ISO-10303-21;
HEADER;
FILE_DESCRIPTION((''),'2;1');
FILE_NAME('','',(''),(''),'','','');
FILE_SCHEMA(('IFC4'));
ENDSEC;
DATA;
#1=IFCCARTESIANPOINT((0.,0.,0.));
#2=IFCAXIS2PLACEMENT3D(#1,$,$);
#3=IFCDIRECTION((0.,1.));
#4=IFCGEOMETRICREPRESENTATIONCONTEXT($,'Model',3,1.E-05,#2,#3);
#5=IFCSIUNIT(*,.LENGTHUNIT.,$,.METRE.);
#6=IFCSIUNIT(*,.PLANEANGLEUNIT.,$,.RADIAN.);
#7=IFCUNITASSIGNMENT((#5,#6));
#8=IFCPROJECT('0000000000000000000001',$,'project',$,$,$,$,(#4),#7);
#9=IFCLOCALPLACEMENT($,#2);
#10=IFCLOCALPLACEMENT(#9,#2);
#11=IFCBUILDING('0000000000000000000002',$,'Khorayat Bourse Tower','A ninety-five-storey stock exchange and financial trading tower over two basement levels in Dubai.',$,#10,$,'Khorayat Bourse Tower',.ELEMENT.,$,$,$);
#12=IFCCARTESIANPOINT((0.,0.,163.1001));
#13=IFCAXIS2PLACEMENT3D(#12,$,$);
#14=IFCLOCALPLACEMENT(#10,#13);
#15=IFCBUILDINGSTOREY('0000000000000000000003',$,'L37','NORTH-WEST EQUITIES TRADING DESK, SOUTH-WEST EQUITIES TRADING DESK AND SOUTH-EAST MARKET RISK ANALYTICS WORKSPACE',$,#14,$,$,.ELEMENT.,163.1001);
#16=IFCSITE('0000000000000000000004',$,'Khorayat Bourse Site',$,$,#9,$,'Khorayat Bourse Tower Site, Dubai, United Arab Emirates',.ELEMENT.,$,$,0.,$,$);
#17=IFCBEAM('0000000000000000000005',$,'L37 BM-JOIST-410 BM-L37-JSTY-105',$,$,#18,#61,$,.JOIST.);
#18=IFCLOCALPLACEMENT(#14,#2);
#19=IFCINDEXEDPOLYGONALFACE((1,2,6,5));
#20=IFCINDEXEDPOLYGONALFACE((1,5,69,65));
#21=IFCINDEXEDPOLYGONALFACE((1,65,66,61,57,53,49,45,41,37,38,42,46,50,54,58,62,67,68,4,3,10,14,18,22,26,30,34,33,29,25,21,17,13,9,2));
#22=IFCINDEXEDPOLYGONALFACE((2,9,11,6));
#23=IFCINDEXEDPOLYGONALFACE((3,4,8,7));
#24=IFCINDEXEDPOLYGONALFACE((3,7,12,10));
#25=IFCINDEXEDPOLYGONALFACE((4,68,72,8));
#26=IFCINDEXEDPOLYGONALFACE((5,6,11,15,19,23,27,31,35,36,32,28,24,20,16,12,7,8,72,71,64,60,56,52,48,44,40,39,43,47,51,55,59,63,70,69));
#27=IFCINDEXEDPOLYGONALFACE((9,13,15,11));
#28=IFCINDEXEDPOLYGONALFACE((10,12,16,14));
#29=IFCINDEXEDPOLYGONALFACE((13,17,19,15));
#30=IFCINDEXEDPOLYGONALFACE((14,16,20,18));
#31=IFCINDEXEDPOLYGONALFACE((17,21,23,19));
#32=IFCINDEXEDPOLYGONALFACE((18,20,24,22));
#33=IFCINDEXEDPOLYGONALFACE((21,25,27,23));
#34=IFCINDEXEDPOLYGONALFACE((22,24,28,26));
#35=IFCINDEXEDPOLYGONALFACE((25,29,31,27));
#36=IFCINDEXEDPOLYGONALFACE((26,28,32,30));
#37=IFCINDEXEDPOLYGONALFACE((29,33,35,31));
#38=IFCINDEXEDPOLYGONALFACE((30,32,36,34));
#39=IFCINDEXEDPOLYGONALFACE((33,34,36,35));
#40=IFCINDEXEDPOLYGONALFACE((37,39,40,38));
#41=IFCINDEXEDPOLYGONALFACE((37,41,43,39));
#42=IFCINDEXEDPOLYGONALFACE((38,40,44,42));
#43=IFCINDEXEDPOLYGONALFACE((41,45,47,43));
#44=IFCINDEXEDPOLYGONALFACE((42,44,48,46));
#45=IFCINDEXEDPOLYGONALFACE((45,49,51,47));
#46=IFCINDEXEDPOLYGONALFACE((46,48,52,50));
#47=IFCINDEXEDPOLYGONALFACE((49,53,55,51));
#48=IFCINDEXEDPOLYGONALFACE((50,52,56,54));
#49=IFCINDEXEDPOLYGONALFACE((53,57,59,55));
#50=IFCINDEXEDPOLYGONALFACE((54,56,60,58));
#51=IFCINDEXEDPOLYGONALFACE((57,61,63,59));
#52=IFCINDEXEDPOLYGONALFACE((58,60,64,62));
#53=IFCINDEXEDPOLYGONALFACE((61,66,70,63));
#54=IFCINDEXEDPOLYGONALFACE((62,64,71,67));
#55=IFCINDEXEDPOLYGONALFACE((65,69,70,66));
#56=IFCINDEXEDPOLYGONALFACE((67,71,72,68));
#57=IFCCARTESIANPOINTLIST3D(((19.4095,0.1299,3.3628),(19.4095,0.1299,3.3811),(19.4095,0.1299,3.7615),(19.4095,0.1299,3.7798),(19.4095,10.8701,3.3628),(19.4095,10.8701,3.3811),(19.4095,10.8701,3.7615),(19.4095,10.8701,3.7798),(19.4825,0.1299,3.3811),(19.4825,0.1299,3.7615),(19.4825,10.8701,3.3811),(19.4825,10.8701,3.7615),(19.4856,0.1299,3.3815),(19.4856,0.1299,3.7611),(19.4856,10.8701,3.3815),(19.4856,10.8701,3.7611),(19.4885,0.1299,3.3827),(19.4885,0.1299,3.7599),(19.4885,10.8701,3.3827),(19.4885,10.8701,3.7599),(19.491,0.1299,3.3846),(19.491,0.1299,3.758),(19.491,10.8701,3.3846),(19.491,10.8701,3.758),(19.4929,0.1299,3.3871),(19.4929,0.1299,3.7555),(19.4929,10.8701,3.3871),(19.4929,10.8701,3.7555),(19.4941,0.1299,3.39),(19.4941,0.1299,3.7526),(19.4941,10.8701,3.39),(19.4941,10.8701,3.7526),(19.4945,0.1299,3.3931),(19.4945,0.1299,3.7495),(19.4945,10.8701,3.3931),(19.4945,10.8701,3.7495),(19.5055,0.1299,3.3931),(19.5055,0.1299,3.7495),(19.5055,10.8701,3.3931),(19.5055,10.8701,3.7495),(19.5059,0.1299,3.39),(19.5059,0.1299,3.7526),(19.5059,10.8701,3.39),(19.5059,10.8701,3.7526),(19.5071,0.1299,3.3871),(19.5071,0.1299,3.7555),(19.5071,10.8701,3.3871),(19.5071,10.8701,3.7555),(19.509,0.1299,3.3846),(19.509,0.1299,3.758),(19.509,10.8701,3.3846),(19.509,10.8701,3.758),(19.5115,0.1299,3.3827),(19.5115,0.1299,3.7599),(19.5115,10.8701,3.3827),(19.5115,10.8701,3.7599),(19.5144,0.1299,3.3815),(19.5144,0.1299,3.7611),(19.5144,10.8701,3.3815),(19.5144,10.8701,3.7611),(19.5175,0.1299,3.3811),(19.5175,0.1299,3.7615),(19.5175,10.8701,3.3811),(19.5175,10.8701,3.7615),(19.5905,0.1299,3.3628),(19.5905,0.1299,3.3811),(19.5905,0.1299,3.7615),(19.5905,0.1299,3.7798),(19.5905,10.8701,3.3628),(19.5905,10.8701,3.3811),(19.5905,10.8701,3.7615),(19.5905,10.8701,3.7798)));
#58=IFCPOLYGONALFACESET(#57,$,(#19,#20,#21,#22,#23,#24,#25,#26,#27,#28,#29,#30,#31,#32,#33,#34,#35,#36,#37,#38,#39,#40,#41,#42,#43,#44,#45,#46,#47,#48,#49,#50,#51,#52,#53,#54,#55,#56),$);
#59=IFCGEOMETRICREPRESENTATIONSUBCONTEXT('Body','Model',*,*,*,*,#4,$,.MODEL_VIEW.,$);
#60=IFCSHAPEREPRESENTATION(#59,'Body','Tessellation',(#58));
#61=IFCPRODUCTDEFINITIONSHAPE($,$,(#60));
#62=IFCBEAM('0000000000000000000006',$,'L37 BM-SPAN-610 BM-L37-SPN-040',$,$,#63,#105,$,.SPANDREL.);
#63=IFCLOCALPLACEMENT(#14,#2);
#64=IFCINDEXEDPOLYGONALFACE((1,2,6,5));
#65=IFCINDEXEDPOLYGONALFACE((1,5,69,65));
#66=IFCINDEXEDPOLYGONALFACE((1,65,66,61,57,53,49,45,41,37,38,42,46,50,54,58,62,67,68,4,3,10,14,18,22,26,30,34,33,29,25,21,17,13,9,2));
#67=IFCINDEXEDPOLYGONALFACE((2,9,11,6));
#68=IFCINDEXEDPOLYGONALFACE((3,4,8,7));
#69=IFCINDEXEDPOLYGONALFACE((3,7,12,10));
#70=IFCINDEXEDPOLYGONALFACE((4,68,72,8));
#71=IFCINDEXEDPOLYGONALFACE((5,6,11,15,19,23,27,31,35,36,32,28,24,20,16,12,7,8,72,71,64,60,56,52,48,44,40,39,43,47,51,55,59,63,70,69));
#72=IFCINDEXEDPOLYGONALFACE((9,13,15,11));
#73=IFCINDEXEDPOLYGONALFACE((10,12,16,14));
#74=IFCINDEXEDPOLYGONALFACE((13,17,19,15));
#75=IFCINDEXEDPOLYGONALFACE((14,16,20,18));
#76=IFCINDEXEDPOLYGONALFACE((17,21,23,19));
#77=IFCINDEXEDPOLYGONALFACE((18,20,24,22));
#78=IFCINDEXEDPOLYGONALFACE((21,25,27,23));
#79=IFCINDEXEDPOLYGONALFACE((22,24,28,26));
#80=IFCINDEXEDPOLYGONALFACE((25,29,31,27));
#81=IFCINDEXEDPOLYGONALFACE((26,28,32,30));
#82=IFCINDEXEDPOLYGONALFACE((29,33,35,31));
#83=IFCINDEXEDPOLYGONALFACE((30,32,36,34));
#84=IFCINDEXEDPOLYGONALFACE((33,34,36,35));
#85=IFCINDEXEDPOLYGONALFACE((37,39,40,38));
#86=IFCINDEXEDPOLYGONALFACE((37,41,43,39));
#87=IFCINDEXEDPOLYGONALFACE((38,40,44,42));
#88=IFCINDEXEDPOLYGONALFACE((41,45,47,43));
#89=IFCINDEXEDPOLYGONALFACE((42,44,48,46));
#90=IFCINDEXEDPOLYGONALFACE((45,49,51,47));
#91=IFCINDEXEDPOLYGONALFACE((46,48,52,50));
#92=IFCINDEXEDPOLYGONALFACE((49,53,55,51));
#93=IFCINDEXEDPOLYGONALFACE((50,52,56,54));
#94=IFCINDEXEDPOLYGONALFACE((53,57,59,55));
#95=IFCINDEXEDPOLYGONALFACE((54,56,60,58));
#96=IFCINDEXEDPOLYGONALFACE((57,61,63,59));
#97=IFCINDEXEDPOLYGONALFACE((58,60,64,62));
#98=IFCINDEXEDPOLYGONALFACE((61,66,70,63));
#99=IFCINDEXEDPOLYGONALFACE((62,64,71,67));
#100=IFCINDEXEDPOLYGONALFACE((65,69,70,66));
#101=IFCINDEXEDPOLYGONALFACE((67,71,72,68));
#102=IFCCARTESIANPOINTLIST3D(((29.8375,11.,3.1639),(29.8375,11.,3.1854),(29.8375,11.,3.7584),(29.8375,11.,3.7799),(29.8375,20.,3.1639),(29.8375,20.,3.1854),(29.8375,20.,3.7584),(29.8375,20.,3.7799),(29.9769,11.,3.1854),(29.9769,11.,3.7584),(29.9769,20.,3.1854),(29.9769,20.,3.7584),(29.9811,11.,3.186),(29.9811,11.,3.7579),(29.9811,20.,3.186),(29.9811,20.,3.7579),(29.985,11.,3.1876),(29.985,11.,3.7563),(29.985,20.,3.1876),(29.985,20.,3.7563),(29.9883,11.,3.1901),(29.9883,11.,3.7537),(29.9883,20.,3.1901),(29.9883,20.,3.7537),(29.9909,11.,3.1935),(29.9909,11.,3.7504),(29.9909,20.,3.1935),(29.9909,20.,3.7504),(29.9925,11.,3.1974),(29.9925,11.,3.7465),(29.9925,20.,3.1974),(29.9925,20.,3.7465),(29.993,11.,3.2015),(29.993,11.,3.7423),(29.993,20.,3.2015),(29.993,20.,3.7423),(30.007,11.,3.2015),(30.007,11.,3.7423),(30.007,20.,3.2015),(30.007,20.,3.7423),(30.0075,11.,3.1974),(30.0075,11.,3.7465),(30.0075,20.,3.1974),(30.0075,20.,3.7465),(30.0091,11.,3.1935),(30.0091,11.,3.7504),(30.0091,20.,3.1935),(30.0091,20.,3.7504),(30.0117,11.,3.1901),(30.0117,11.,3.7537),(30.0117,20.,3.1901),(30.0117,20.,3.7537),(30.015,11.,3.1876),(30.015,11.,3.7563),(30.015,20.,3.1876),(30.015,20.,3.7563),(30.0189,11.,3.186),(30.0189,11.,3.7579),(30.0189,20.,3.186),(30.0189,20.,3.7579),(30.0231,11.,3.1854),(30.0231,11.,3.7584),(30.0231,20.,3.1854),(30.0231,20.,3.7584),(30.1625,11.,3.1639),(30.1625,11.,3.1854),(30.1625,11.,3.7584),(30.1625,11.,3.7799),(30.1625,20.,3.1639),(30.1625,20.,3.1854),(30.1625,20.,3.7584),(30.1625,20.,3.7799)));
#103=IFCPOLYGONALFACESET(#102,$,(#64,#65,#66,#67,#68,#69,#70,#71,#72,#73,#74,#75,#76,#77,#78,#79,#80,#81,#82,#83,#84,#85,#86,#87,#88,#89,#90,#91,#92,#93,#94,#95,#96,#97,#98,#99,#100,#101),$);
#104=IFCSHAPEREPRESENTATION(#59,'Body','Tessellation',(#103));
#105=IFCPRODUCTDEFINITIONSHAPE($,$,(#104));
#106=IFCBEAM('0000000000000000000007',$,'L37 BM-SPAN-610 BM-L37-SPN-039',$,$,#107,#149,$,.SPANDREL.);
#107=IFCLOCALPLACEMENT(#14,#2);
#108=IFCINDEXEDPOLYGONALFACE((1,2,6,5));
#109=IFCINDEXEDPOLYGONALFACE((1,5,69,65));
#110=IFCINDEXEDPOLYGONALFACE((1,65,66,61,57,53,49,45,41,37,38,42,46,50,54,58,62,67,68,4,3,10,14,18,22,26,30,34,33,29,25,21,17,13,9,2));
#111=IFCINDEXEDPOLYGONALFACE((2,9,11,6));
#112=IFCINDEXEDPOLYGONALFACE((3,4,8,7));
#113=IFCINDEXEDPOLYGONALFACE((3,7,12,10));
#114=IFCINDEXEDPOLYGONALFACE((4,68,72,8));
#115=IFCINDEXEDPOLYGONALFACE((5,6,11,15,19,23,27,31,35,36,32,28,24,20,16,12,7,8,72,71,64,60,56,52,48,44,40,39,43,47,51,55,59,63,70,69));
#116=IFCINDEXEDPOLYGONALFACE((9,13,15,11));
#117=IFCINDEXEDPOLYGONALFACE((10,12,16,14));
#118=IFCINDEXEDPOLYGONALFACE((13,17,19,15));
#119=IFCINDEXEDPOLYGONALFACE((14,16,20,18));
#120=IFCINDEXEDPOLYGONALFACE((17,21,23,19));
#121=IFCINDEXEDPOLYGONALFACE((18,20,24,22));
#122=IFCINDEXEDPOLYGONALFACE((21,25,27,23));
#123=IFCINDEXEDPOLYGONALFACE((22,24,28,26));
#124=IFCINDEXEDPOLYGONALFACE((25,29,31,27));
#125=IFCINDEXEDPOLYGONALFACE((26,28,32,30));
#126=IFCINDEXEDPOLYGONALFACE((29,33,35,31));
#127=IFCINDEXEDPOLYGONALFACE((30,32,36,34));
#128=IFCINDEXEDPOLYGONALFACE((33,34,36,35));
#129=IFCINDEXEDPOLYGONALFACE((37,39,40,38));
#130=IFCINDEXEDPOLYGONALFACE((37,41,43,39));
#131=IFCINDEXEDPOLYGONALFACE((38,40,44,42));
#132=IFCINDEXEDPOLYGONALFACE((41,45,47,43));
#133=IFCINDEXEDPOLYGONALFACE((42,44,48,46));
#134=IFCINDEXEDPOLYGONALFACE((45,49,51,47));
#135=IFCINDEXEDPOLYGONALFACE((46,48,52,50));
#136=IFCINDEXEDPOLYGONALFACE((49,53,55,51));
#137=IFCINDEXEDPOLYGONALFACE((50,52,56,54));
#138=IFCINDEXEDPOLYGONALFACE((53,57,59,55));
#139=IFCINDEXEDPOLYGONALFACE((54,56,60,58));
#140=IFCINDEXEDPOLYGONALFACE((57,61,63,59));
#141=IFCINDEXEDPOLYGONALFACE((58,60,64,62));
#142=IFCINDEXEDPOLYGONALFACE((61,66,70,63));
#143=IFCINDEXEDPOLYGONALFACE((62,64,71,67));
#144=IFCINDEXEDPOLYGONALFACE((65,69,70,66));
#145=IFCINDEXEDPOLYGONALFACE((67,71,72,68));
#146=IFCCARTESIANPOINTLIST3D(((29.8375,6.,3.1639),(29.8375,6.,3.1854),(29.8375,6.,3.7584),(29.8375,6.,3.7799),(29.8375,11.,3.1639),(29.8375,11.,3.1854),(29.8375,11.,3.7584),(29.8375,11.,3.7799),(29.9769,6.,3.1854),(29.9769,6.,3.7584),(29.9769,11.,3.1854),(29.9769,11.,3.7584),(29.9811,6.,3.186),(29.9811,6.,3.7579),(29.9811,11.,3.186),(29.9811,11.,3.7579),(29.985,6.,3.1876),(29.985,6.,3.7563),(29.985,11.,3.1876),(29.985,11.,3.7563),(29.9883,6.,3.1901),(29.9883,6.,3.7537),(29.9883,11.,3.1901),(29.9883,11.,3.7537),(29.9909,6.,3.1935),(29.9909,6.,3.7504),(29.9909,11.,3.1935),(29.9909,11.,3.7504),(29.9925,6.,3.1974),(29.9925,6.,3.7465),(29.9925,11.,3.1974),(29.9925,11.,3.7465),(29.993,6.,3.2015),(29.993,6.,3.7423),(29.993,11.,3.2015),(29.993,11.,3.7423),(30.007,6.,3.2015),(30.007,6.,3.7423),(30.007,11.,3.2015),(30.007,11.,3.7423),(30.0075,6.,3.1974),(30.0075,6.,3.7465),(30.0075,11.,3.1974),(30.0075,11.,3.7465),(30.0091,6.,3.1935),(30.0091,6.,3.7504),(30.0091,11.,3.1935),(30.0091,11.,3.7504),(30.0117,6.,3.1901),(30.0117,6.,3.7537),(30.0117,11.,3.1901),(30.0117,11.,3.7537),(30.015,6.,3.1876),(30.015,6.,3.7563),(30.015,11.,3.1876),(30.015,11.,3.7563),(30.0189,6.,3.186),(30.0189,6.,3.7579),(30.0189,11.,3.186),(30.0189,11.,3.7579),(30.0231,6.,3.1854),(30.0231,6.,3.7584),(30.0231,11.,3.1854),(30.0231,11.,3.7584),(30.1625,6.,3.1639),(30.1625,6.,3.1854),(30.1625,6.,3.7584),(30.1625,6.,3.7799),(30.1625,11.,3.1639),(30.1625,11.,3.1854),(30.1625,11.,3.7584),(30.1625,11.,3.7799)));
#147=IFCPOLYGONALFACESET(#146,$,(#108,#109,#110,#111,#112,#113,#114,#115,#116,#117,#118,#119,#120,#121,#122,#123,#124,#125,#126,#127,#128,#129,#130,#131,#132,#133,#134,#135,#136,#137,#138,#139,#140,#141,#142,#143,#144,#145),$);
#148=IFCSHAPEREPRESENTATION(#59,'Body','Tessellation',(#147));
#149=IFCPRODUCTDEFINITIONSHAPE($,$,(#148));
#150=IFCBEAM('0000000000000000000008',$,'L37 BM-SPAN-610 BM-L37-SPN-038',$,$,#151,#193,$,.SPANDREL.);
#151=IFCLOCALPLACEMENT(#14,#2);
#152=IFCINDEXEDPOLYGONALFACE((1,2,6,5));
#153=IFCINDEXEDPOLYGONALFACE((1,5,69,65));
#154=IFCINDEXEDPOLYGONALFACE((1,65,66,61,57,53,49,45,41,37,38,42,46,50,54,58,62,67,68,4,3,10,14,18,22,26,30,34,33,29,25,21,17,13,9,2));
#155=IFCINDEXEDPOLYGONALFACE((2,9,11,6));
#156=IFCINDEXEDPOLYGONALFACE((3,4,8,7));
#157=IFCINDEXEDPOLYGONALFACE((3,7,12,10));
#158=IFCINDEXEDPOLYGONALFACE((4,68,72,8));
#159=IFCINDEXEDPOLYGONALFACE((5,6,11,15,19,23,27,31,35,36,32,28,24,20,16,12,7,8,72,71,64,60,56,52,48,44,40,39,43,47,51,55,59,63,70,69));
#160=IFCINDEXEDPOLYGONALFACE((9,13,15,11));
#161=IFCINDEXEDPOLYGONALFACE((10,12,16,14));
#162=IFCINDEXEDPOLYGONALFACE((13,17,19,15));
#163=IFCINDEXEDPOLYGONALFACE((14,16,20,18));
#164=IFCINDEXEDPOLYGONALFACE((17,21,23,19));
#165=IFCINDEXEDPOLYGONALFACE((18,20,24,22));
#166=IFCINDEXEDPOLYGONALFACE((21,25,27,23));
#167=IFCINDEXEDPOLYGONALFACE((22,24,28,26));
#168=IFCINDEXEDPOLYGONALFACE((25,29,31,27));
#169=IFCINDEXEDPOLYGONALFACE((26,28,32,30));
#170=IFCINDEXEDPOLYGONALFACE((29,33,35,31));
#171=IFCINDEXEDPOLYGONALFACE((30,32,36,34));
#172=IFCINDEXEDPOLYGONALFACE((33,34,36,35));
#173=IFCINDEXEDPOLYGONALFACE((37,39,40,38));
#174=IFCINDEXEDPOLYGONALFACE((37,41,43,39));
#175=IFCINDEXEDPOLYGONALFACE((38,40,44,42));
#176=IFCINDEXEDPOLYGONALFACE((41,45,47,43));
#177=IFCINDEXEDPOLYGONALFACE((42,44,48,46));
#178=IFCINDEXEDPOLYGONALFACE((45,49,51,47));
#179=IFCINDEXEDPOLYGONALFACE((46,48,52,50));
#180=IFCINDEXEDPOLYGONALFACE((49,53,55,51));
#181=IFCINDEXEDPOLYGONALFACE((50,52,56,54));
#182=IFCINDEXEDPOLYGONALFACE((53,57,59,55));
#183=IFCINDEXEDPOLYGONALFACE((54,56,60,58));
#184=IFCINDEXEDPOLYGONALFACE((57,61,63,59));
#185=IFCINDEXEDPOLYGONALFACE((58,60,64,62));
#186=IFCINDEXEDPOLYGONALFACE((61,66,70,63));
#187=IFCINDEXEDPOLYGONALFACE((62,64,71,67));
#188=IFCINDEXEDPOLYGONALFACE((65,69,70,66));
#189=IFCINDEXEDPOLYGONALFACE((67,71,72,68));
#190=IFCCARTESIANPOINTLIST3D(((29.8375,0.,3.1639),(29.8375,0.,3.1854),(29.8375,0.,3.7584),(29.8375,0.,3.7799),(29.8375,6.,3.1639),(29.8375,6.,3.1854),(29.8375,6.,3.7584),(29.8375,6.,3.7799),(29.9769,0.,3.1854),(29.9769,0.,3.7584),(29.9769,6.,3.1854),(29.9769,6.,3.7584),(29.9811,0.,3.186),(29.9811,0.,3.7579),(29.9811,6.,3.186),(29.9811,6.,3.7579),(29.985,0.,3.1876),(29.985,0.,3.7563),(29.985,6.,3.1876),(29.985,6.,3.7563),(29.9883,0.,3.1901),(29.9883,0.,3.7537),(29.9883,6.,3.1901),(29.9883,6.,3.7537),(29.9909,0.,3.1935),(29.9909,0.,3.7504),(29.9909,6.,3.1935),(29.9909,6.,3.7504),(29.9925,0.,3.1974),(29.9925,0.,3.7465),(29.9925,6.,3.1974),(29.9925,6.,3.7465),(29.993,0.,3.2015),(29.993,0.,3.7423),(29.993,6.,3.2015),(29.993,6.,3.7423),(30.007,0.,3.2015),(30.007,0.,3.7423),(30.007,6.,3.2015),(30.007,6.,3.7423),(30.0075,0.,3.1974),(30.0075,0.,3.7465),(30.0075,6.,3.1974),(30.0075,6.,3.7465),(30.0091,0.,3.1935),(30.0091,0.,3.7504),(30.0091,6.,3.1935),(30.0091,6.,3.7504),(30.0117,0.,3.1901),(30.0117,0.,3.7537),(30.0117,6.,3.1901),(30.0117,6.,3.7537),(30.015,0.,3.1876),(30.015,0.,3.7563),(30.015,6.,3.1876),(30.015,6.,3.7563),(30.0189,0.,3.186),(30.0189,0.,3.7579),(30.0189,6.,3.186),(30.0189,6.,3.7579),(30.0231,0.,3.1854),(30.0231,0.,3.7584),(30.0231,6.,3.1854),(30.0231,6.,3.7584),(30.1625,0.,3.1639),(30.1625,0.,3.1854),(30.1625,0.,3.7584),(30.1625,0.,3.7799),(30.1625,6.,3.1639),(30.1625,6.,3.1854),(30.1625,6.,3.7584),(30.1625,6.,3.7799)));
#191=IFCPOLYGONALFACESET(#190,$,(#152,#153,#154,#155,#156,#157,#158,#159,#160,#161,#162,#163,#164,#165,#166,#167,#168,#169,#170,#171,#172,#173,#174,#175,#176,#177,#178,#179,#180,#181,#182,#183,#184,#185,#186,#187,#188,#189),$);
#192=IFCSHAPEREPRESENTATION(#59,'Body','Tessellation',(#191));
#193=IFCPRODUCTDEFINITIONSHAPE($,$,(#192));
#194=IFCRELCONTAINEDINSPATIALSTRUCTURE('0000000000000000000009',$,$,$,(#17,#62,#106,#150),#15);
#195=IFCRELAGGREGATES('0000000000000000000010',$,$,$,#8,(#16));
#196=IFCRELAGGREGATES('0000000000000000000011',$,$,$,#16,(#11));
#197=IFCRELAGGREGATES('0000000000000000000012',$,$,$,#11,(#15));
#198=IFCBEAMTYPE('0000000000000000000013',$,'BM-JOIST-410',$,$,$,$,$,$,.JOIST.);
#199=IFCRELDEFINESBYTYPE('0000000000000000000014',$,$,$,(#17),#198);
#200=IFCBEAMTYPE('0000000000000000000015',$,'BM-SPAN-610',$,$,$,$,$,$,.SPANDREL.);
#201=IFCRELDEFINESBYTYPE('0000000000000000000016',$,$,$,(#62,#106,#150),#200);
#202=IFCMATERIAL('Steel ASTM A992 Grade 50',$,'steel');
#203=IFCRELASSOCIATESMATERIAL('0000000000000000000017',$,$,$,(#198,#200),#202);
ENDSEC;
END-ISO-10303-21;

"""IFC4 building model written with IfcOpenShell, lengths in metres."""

from ifc_helpers import new_model, si_unit, direction, frame, origin, origin_2d, place, context, subcontext, project, spatial, i_section, extrude, source, transform, mapped, material, material_profile, profile_set, type_object, element, save


model = new_model("IFC4")

# Units and contexts
model_context = context("Model", 3, precision=1e-05, world=origin(), true_north=direction((0.0, 1.0)))
body_context = subcontext(model_context, "Body", "Model", "MODEL_VIEW")
ifc_project = project(units=[si_unit("LENGTHUNIT", "METRE"), si_unit("PLANEANGLEUNIT", "RADIAN")], contexts=[model_context])

# Site, building, storey
site_placement = place(None, origin())
site = spatial("IfcSite", under=ifc_project, at=site_placement, Name="Khorayat Bourse Site", LongName="Khorayat Bourse Tower Site, Dubai, United Arab Emirates", CompositionType="ELEMENT", RefElevation=0.0)
building_placement = place(site_placement, origin())
building = spatial("IfcBuilding", under=site, at=building_placement, Name="Khorayat Bourse Tower", Description="A ninety-five-storey stock exchange and financial trading tower over two basement levels in Dubai.", LongName="Khorayat Bourse Tower", CompositionType="ELEMENT")
storey_placement = place(building_placement, frame((0.0, 0.0, 163.1001)))
storey = spatial("IfcBuildingStorey", under=building, at=storey_placement, Name="L37", Description="NORTH-WEST EQUITIES TRADING DESK, SOUTH-WEST EQUITIES TRADING DESK AND SOUTH-EAST MARKET RISK ANALYTICS WORKSPACE", CompositionType="ELEMENT", Elevation=163.1001)

# Beams
ifc_material_1 = material(Name="Steel ASTM A992 Grade 50", Category="steel")
ifc_material_profile_1 = material_profile(ifc_material_1, i_section(OverallWidth=0.1809, OverallDepth=0.417, WebThickness=0.011, FlangeThickness=0.0183, FilletRadius=0.012, at=origin_2d()), Name="W410X85")
ifc_profile_set_1 = profile_set([ifc_material_profile_1], Name="Steel ASTM A992 Grade 50")
beam_type_1 = type_object("IfcBeamType", Name="BM-JOIST-410", PredefinedType="JOIST", material=ifc_profile_set_1)
shared_shape_1 = source(origin(), body_context, "Body", "SweptSolid", [
    extrude(i_section(OverallWidth=0.1809, OverallDepth=0.417, WebThickness=0.011, FlangeThickness=0.0183, FilletRadius=0.012, at=origin_2d()), origin(), (0.0, 0.0, 1.0), 10.7402),
])
beam_1_placement = place(storey_placement, frame((19.5, 0.1299, 3.5713), z_axis=(0.0, 1.0, 0.0), x_axis=(-1.0, 0.0, 0.0)))
element("IfcBeam", 1, at=beam_1_placement, inside=storey, type_object=beam_type_1, Name="L37 BM-JOIST-410 BM-L37-JSTY-105", PredefinedType="JOIST", context=body_context, shape_type="MappedRepresentation", body=[
    mapped(shared_shape_1, transform((0.0, 0.0, 0.0), scale=1.0)),
])
ifc_material_profile_2 = material_profile(ifc_material_1, i_section(OverallWidth=0.325, OverallDepth=0.616, WebThickness=0.0139, FlangeThickness=0.0215, FilletRadius=0.0161, at=origin_2d()), Name="W610X174")
ifc_profile_set_2 = profile_set([ifc_material_profile_2], Name="Steel ASTM A992 Grade 50")
beam_type_2 = type_object("IfcBeamType", Name="BM-SPAN-610", PredefinedType="SPANDREL", material=ifc_profile_set_2)
shared_shape_2 = source(origin(), body_context, "Body", "SweptSolid", [
    extrude(i_section(OverallWidth=0.325, OverallDepth=0.616, WebThickness=0.0139, FlangeThickness=0.0215, FilletRadius=0.0161, at=origin_2d()), origin(), (0.0, 0.0, 1.0), 9.0),
])
beam_2_placement = place(storey_placement, frame((30.0, 11.0, 3.4719), z_axis=(0.0, 1.0, 0.0), x_axis=(-1.0, 0.0, 0.0)))
element("IfcBeam", 2, at=beam_2_placement, inside=storey, type_object=beam_type_2, Name="L37 BM-SPAN-610 BM-L37-SPN-040", PredefinedType="SPANDREL", context=body_context, shape_type="MappedRepresentation", body=[
    mapped(shared_shape_2, transform((0.0, 0.0, 0.0), scale=1.0)),
])
shared_shape_3 = source(origin(), body_context, "Body", "SweptSolid", [
    extrude(i_section(OverallWidth=0.325, OverallDepth=0.616, WebThickness=0.0139, FlangeThickness=0.0215, FilletRadius=0.0161, at=origin_2d()), origin(), (0.0, 0.0, 1.0), 5.0),
])
beam_3_placement = place(storey_placement, frame((30.0, 6.0, 3.4719), z_axis=(0.0, 1.0, 0.0), x_axis=(-1.0, 0.0, 0.0)))
element("IfcBeam", 3, at=beam_3_placement, inside=storey, type_object=beam_type_2, Name="L37 BM-SPAN-610 BM-L37-SPN-039", PredefinedType="SPANDREL", context=body_context, shape_type="MappedRepresentation", body=[
    mapped(shared_shape_3, transform((0.0, 0.0, 0.0), scale=1.0)),
])
shared_shape_4 = source(origin(), body_context, "Body", "SweptSolid", [
    extrude(i_section(OverallWidth=0.325, OverallDepth=0.616, WebThickness=0.0139, FlangeThickness=0.0215, FilletRadius=0.0161, at=origin_2d()), origin(), (0.0, 0.0, 1.0), 6.0),
])
beam_4_placement = place(storey_placement, frame((30.0, 0.0, 3.4719), z_axis=(0.0, 1.0, 0.0), x_axis=(-1.0, 0.0, 0.0)))
element("IfcBeam", 4, at=beam_4_placement, inside=storey, type_object=beam_type_2, Name="L37 BM-SPAN-610 BM-L37-SPN-038", PredefinedType="SPANDREL", context=body_context, shape_type="MappedRepresentation", body=[
    mapped(shared_shape_4, transform((0.0, 0.0, 0.0), scale=1.0)),
])

save(model, "model.ifc")
